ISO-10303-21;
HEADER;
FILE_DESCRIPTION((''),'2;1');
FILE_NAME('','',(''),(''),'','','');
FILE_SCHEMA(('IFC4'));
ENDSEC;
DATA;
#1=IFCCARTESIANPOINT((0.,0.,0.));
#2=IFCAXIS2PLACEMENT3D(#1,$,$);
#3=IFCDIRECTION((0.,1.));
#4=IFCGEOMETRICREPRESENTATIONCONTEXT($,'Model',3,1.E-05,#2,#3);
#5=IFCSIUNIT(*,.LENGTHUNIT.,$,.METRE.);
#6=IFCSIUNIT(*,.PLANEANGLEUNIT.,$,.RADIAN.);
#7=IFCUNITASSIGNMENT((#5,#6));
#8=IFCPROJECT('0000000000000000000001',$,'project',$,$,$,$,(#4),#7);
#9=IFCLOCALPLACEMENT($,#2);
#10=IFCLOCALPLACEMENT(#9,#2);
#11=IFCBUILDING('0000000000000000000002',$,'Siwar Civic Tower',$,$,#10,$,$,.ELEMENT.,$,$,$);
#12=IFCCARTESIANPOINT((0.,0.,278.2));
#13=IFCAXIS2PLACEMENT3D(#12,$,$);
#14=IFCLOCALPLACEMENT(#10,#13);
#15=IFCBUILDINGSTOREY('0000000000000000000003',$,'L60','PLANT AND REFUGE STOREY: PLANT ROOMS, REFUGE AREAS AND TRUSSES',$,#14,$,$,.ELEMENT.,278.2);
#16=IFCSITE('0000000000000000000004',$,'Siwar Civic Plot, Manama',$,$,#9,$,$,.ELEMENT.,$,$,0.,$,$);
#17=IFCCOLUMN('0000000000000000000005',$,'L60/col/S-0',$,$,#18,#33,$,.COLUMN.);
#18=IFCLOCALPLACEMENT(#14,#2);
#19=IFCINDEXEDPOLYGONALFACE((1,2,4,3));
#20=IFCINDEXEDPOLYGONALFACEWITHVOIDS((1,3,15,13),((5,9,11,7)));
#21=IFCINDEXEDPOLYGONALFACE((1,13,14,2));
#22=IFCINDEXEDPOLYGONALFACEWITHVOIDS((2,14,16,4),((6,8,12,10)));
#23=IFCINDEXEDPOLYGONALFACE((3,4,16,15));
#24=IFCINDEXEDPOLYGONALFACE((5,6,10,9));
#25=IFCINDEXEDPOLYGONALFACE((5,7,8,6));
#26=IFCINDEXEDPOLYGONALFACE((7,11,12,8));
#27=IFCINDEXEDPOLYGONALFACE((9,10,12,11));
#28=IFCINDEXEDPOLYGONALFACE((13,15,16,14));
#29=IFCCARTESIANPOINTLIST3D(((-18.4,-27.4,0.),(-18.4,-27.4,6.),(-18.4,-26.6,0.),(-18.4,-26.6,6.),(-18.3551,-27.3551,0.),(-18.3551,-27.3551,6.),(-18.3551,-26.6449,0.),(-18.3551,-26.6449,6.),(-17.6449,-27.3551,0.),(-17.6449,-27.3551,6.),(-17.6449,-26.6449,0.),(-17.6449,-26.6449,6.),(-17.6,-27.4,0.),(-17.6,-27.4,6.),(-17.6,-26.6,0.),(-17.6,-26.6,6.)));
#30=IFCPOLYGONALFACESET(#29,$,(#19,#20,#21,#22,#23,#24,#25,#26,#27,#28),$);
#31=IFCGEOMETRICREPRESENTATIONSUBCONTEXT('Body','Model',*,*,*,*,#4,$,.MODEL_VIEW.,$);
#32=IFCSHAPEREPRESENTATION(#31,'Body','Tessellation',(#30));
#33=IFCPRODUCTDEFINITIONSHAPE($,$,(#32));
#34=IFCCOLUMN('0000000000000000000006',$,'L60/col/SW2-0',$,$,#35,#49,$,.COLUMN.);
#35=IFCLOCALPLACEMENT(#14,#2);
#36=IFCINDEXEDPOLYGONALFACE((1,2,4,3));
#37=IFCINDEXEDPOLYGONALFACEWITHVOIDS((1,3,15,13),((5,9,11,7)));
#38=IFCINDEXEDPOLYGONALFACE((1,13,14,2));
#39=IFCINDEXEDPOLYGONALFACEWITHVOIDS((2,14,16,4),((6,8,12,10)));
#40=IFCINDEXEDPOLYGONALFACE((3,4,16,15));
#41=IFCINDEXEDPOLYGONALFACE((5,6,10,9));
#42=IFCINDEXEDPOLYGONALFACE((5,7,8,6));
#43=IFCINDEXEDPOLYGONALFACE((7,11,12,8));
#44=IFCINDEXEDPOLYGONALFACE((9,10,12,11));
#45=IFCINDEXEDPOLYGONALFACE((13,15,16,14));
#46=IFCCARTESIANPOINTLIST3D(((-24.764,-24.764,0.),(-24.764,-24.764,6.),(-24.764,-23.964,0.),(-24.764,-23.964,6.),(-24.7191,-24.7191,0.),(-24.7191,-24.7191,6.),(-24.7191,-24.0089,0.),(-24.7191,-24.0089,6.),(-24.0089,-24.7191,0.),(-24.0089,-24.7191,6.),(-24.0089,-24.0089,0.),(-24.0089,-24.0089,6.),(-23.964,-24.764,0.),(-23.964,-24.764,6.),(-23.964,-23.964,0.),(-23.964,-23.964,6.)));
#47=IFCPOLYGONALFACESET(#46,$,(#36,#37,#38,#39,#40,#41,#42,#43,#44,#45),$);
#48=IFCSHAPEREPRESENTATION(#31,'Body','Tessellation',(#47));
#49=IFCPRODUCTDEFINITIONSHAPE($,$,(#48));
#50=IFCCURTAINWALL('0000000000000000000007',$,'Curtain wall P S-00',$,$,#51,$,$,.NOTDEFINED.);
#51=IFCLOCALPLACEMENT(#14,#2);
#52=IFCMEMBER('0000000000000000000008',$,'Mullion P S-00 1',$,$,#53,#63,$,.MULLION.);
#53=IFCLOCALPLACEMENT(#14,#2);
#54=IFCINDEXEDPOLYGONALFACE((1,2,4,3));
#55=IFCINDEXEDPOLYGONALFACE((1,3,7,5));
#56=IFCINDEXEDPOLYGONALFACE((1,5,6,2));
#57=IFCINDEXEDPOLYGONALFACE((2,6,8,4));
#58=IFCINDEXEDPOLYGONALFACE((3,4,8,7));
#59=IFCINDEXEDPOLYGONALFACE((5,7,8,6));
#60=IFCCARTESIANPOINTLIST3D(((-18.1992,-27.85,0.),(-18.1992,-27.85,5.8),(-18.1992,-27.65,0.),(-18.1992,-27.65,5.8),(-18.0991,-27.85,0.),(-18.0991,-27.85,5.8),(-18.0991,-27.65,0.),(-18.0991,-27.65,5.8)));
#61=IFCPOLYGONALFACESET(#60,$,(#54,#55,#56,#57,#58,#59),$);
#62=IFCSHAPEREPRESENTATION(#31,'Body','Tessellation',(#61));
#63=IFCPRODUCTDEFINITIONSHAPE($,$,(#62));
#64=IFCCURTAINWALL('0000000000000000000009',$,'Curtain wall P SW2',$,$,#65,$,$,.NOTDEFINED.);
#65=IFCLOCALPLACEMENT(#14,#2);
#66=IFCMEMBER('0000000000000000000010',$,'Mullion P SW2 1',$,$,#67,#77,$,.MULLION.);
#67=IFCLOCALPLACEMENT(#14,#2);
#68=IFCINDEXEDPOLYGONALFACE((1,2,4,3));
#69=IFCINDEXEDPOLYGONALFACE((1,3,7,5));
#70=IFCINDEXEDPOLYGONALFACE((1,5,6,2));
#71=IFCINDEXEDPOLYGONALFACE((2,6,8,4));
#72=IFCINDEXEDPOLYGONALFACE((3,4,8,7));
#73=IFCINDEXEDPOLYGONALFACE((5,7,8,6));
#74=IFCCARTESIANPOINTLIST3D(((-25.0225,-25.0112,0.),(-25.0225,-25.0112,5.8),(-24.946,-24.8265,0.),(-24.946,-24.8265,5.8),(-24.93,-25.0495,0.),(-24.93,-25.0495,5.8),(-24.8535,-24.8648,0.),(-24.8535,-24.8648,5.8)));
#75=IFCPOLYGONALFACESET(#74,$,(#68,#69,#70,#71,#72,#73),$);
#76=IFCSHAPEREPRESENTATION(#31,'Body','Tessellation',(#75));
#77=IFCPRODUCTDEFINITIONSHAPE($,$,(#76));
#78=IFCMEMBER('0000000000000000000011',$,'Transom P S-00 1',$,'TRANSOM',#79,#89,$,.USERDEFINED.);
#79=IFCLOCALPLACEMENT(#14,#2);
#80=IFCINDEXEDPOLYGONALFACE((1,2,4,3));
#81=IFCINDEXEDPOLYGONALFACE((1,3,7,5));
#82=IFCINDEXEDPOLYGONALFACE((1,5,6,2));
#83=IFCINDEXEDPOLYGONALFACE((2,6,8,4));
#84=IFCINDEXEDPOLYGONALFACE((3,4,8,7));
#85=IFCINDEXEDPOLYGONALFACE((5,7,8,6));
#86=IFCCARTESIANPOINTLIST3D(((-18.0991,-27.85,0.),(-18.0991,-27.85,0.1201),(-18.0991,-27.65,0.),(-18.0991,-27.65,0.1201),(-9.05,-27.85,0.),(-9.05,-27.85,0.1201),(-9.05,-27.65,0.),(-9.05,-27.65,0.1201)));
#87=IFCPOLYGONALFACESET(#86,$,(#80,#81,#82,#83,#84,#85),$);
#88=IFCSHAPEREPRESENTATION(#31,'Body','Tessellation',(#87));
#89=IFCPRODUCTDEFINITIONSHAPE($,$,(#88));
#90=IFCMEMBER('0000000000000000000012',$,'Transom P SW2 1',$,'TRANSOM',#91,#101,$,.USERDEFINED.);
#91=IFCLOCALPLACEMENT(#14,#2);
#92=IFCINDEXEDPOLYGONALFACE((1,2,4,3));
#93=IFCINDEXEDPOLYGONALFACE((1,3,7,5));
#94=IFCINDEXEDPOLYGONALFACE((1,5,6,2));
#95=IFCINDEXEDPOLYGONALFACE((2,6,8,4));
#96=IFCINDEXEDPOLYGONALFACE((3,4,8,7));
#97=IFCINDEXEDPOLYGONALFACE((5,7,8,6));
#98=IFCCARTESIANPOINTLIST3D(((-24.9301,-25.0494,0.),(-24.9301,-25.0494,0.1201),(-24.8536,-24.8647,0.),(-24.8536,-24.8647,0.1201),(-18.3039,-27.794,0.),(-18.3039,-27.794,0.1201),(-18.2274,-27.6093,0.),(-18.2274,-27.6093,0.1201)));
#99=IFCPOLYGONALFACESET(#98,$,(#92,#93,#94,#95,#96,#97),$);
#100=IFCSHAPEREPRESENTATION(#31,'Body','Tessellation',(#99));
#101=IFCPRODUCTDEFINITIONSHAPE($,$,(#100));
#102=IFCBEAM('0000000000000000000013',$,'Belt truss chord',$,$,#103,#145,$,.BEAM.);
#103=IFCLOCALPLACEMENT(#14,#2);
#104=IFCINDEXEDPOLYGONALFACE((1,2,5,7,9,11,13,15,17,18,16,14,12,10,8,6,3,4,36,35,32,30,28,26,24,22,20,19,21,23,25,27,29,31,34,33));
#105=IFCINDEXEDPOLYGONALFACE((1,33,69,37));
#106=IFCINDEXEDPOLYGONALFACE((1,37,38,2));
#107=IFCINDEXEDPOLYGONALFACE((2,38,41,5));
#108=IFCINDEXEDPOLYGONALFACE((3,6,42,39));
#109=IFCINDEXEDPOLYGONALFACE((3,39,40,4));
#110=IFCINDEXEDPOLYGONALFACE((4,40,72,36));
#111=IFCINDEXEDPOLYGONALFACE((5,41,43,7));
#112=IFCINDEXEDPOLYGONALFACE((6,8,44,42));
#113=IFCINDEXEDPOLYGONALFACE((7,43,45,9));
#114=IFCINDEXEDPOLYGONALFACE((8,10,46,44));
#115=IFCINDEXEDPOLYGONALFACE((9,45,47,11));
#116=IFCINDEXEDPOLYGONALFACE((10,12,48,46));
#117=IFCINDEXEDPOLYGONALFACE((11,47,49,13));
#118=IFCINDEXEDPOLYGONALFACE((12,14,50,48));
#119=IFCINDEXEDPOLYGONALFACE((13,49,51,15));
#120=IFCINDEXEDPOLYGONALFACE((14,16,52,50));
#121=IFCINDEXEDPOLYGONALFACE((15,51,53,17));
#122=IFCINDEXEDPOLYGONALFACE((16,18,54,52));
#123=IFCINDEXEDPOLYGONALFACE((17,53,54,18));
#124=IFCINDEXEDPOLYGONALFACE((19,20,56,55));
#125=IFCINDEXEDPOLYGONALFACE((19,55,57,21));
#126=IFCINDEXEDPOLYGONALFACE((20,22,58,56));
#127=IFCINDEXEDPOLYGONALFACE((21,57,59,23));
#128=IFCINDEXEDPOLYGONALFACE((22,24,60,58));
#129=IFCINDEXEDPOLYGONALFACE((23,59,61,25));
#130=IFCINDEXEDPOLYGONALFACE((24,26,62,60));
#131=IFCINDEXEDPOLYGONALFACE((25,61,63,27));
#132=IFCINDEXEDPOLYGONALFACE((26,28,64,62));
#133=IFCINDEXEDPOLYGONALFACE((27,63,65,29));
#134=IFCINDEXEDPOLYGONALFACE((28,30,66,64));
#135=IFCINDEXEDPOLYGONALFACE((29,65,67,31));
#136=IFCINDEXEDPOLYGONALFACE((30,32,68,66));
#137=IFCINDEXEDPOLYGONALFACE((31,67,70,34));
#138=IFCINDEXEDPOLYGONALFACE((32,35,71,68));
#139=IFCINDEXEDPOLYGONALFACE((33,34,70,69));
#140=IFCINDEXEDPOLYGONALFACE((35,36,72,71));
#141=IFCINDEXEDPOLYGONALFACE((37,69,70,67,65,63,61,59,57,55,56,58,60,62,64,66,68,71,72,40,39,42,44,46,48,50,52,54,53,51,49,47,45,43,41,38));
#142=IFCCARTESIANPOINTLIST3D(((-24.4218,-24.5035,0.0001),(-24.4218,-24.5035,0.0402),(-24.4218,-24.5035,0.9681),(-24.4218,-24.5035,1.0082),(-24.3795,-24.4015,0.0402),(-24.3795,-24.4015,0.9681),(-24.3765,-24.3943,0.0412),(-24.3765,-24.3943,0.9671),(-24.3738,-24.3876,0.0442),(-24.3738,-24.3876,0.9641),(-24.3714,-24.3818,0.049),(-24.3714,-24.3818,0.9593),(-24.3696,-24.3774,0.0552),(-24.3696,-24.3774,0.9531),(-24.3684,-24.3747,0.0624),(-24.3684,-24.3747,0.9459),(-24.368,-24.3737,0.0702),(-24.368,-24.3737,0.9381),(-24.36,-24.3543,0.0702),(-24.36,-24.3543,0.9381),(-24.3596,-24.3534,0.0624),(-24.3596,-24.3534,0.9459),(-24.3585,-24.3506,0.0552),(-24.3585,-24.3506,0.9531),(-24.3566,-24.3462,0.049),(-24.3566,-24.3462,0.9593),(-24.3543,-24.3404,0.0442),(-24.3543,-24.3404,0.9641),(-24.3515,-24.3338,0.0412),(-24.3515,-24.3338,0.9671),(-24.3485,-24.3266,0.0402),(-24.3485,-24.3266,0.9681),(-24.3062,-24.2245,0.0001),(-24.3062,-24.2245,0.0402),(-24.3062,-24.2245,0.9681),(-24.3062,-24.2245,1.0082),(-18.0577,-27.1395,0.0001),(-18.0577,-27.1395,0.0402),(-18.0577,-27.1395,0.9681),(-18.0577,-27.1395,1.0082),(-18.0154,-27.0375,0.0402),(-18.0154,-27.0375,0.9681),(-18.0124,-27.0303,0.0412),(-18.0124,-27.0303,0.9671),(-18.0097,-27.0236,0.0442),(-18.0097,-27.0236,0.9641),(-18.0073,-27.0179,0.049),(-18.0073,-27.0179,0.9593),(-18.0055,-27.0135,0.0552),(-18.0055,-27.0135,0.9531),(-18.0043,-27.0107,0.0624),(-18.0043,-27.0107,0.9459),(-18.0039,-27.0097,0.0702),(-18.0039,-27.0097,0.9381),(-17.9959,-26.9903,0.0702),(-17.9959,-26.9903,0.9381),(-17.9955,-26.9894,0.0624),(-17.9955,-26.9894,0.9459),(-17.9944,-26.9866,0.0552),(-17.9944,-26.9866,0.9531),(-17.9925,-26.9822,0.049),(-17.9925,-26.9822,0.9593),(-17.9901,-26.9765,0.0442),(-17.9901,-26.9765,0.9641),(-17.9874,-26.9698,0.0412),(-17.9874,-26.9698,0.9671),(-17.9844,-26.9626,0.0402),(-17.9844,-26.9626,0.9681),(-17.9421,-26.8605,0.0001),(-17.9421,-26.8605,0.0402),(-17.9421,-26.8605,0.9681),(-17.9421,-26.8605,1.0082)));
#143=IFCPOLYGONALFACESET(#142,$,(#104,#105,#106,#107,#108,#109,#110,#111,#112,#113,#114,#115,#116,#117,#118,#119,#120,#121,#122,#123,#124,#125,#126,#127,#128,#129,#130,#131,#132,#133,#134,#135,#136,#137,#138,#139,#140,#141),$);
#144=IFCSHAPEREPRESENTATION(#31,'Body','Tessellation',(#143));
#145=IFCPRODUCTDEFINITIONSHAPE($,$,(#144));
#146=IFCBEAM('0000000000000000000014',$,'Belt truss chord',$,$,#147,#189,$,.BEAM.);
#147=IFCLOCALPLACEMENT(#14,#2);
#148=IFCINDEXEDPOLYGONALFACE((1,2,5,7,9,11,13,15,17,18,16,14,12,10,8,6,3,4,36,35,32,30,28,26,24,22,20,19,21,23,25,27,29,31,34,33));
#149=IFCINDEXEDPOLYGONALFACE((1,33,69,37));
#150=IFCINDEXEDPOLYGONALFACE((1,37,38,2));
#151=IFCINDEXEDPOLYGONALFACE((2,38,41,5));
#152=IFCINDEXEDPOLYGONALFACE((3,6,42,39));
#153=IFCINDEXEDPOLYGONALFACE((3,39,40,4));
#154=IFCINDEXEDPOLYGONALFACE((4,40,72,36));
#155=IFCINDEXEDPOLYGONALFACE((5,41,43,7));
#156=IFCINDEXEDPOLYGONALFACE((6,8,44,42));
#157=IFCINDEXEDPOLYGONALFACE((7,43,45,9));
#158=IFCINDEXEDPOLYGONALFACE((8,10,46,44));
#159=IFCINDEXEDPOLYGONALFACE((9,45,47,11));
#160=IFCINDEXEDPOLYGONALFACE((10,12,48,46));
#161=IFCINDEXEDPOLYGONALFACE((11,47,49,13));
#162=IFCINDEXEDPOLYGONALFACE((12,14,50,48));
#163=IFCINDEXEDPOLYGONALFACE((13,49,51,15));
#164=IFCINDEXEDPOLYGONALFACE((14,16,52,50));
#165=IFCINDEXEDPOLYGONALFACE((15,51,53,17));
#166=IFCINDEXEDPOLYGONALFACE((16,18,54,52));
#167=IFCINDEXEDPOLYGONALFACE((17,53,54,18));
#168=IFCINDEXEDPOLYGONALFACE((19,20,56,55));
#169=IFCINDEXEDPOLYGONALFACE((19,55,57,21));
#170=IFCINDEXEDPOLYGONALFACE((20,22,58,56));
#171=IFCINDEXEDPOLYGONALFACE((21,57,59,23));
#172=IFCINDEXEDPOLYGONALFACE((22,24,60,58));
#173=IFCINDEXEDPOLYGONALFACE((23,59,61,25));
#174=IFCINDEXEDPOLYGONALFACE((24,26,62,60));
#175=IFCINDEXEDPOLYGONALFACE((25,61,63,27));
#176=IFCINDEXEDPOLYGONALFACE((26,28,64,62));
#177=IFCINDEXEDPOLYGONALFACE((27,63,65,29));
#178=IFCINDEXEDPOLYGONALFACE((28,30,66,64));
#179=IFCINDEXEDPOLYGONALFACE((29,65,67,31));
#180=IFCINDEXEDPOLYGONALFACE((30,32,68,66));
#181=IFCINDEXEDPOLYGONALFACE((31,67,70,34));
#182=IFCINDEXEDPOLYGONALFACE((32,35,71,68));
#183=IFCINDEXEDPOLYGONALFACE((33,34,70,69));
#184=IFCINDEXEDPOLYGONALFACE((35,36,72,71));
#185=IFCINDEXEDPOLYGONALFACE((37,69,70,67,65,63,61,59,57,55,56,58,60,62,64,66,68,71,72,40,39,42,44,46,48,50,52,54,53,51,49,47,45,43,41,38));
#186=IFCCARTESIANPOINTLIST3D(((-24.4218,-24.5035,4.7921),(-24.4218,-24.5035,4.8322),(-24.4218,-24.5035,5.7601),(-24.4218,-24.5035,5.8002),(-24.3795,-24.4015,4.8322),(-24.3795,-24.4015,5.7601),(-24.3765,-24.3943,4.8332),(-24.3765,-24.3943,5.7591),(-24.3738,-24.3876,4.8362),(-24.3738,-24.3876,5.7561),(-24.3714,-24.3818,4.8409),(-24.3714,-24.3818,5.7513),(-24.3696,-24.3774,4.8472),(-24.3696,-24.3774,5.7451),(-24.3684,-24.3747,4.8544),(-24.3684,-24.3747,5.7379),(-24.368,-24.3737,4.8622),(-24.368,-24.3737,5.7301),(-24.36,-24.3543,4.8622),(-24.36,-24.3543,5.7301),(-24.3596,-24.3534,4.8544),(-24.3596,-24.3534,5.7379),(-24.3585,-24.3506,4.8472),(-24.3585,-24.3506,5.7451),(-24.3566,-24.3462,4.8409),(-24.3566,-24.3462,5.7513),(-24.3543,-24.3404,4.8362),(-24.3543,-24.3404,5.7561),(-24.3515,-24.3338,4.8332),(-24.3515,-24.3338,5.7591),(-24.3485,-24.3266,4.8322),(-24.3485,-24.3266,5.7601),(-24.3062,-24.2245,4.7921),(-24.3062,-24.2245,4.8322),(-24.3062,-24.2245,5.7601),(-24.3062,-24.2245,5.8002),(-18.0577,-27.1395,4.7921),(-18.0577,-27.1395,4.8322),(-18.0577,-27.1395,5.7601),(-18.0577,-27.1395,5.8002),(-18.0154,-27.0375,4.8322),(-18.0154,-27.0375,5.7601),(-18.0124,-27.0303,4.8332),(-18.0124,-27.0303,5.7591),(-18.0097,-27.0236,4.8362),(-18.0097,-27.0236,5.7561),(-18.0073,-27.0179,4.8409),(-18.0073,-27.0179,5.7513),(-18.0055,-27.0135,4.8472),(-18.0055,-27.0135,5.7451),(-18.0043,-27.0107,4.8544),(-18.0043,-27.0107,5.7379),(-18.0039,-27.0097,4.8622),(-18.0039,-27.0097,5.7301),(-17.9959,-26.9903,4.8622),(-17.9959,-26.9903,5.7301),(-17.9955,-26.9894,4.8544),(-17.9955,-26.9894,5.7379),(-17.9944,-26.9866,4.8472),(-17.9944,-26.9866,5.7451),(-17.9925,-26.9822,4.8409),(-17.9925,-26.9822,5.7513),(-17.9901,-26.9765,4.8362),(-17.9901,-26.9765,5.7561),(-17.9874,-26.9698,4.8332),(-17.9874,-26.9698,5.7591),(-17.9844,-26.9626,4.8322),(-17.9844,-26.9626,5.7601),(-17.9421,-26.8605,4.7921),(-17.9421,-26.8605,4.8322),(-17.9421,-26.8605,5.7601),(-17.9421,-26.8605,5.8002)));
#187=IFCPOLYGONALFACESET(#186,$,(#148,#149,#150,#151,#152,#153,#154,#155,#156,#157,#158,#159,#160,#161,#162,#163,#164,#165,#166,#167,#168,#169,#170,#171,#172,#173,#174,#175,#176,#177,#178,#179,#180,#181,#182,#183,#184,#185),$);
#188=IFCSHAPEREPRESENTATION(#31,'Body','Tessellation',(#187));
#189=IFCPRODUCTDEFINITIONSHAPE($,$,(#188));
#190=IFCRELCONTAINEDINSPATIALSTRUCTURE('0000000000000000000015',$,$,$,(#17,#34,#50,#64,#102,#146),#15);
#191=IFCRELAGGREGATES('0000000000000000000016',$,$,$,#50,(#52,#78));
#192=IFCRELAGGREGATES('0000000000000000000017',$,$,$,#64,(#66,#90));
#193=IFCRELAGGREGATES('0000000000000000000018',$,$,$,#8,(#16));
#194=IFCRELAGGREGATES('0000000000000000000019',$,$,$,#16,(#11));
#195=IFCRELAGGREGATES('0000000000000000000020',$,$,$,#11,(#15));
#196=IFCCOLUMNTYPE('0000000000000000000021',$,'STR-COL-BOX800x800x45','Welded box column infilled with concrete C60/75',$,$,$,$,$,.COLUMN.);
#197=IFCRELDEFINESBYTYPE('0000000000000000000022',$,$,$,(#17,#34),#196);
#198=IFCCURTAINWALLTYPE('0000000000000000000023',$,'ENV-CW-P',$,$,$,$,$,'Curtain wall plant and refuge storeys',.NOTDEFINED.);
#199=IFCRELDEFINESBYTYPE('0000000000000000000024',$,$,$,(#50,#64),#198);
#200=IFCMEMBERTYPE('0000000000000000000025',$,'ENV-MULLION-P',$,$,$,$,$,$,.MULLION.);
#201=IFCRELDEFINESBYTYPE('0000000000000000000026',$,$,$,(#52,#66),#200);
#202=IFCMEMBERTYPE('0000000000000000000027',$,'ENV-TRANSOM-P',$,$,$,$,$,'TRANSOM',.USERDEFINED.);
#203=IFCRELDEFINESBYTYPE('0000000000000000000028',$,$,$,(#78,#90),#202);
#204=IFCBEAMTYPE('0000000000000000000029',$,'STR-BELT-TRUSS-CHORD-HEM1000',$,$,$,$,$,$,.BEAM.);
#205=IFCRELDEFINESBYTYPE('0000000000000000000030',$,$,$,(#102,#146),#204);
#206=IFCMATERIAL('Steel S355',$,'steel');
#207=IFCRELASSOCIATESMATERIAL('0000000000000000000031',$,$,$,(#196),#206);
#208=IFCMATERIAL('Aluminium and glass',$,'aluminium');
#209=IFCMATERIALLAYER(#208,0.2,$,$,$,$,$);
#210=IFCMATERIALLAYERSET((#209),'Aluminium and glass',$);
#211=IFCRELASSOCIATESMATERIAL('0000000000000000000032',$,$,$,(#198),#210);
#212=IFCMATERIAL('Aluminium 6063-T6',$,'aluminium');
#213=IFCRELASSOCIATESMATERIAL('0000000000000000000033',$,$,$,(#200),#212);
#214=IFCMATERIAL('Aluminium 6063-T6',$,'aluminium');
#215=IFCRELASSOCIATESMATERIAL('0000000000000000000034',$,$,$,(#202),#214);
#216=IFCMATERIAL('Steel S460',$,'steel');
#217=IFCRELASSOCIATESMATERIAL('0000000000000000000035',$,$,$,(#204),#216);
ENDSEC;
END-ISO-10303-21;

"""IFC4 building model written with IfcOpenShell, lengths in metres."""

from ifc_helpers import new_model, si_unit, direction, frame, origin, origin_2d, place, context, subcontext, project, spatial, rectangle, hollow_rectangle, i_section, extrude, material, layer, layer_set, material_profile, profile_set, type_object, element, aggregate, save


model = new_model("IFC4")

# Units and contexts
model_context = context("Model", 3, precision=1e-05, world=origin(), true_north=direction((0.0, 1.0)))
body_context = subcontext(model_context, "Body", "Model", "MODEL_VIEW")
ifc_project = project(units=[si_unit("LENGTHUNIT", "METRE"), si_unit("PLANEANGLEUNIT", "RADIAN")], contexts=[model_context])

# Site, building, storey
site_placement = place(None, origin())
site = spatial("IfcSite", under=ifc_project, at=site_placement, Name="Siwar Civic Plot, Manama", CompositionType="ELEMENT", RefElevation=0.0)
building_placement = place(site_placement, origin())
building = spatial("IfcBuilding", under=site, at=building_placement, Name="Siwar Civic Tower", CompositionType="ELEMENT")
storey_placement = place(building_placement, frame((0.0, 0.0, 278.2)))
storey = spatial("IfcBuildingStorey", under=building, at=storey_placement, Name="L60", Description="PLANT AND REFUGE STOREY: PLANT ROOMS, REFUGE AREAS AND TRUSSES", CompositionType="ELEMENT", Elevation=278.2)

# Columns
ifc_material_1 = material(Name="Steel S355", Category="steel")
ifc_material_profile_1 = material_profile(ifc_material_1, hollow_rectangle(XDim=0.8, YDim=0.8, WallThickness=0.0449, at=origin_2d()), Name="BOX800x800x45")
ifc_profile_set_1 = profile_set([ifc_material_profile_1], Name="Steel S355")
column_type = type_object("IfcColumnType", Name="STR-COL-BOX800x800x45", Description="Welded box column infilled with concrete C60/75", PredefinedType="COLUMN", material=ifc_profile_set_1)
for number, where, z_axis, x_axis, name in (
    (1, (-18.0, -27.0, 0.0), (0.0, 0.0, 1.0), (1.0, 0.0, 0.0), "L60/col/S-0"),
    (2, (-24.364, -24.364, 0.0), (0.0, 0.0, 1.0), (1.0, 0.0, 0.0), "L60/col/SW2-0"),
):
    element("IfcColumn", number, at=place(storey_placement, frame(where, z_axis=z_axis, x_axis=x_axis)), inside=storey, type_object=column_type, Name=name, PredefinedType="COLUMN", context=body_context, shape_type="SweptSolid", body=[
        extrude(hollow_rectangle(XDim=0.8, YDim=0.8, WallThickness=0.0449, at=origin_2d()), origin(), (0.0, 0.0, 1.0), 6.0),
    ])

# Curtain walls, members
ifc_material_2 = material(Name="Aluminium and glass", Category="aluminium")
ifc_layer_1 = layer(ifc_material_2, 0.2)
ifc_layer_set_1 = layer_set([ifc_layer_1], Name="Aluminium and glass")
curtain_wall_type = type_object("IfcCurtainWallType", Name="ENV-CW-P", ElementType="Curtain wall plant and refuge storeys", PredefinedType="NOTDEFINED", material=ifc_layer_set_1)
curtain_wall_1_placement = place(storey_placement, origin())
curtain_wall_1 = element("IfcCurtainWall", 3, at=curtain_wall_1_placement, inside=storey, type_object=curtain_wall_type, Name="Curtain wall P S-00", PredefinedType="NOTDEFINED")
ifc_material_3 = material(Name="Aluminium 6063-T6", Category="aluminium")
ifc_material_profile_2 = material_profile(ifc_material_3, rectangle(XDim=0.2, YDim=0.1001, at=origin_2d()), Name="AL 200x100")
ifc_profile_set_2 = profile_set([ifc_material_profile_2], Name="Aluminium 6063-T6")
member_type_1 = type_object("IfcMemberType", Name="ENV-MULLION-P", PredefinedType="MULLION", material=ifc_profile_set_2)
member_1_placement = place(storey_placement, frame((-18.1492, -27.75, 0.0), z_axis=(0.0, 0.0, 1.0), x_axis=(0.0, 1.0, 0.0)))
member_1 = element("IfcMember", 4, at=member_1_placement, type_object=member_type_1, Name="Mullion P S-00 1", PredefinedType="MULLION", context=body_context, shape_type="SweptSolid", body=[
    extrude(rectangle(XDim=0.2, YDim=0.1001, at=origin_2d()), origin(), (0.0, 0.0, 1.0), 5.8),
])
curtain_wall_2_placement = place(storey_placement, origin())
curtain_wall_2 = element("IfcCurtainWall", 5, at=curtain_wall_2_placement, inside=storey, type_object=curtain_wall_type, Name="Curtain wall P SW2", PredefinedType="NOTDEFINED")
member_2_placement = place(storey_placement, frame((-24.938, -24.938, 0.0), z_axis=(0.0, 0.0, 1.0), x_axis=(0.382683, 0.92388, 0.0)))
member_2 = element("IfcMember", 6, at=member_2_placement, type_object=member_type_1, Name="Mullion P SW2 1", PredefinedType="MULLION", context=body_context, shape_type="SweptSolid", body=[
    extrude(rectangle(XDim=0.2, YDim=0.1001, at=origin_2d()), origin(), (0.0, 0.0, 1.0), 5.8),
])

# Members
ifc_material_4 = material(Name="Aluminium 6063-T6", Category="aluminium")
ifc_material_profile_3 = material_profile(ifc_material_4, rectangle(XDim=0.2, YDim=0.1201, at=origin_2d()), Name="AL 200x120")
ifc_profile_set_3 = profile_set([ifc_material_profile_3], Name="Aluminium 6063-T6")
member_type_2 = type_object("IfcMemberType", Name="ENV-TRANSOM-P", ElementType="TRANSOM", PredefinedType="USERDEFINED", material=ifc_profile_set_3)
member_3_placement = place(storey_placement, frame((-18.0991, -27.75, 0.0601), z_axis=(1.0, 0.0, 0.0), x_axis=(0.0, 1.0, 0.0)))
member_3 = element("IfcMember", 7, at=member_3_placement, type_object=member_type_2, Name="Transom P S-00 1", ObjectType="TRANSOM", PredefinedType="USERDEFINED", context=body_context, shape_type="SweptSolid", body=[
    extrude(rectangle(XDim=0.2, YDim=0.1201, at=origin_2d()), origin(), (0.0, 0.0, 1.0), 9.0491),
])
aggregate(curtain_wall_1, [member_1, member_3])
member_4_placement = place(storey_placement, frame((-24.8918, -24.957, 0.0601), z_axis=(0.923882, -0.382678, 0.0), x_axis=(0.382678, 0.923882, 0.0)))
member_4 = element("IfcMember", 8, at=member_4_placement, type_object=member_type_2, Name="Transom P SW2 1", ObjectType="TRANSOM", PredefinedType="USERDEFINED", context=body_context, shape_type="SweptSolid", body=[
    extrude(rectangle(XDim=0.2, YDim=0.1201, at=origin_2d()), origin(), (0.0, 0.0, 1.0), 7.1721),
])

# Beams
ifc_material_5 = material(Name="Steel S460", Category="steel")
ifc_material_profile_4 = material_profile(ifc_material_5, i_section(OverallWidth=0.302, OverallDepth=1.0081, WebThickness=0.021, FlangeThickness=0.04, FilletRadius=0.03, at=origin_2d()), Name="HEM1000")
ifc_profile_set_4 = profile_set([ifc_material_profile_4], Name="Steel S460")
beam_type = type_object("IfcBeamType", Name="STR-BELT-TRUSS-CHORD-HEM1000", PredefinedType="BEAM", material=ifc_profile_set_4)
for number, where, z_axis, x_axis, name in (
    (9, (-24.364, -24.364, 0.5042), (0.923883, -0.382674, 0.0), (0.382674, 0.923883, 0.0), "Belt truss chord"),
    (10, (-24.364, -24.364, 5.2961), (0.923883, -0.382674, 0.0), (0.382674, 0.923883, 0.0), "Belt truss chord"),
):
    element("IfcBeam", number, at=place(storey_placement, frame(where, z_axis=z_axis, x_axis=x_axis)), inside=storey, type_object=beam_type, Name=name, PredefinedType="BEAM", context=body_context, shape_type="SweptSolid", body=[
        extrude(i_section(OverallWidth=0.302, OverallDepth=1.0081, WebThickness=0.021, FlangeThickness=0.04, FilletRadius=0.03, at=origin_2d()), origin(), (0.0, 0.0, 1.0), 6.8884),
    ])

aggregate(curtain_wall_2, [member_2, member_4])

save(model, "model.ifc")
